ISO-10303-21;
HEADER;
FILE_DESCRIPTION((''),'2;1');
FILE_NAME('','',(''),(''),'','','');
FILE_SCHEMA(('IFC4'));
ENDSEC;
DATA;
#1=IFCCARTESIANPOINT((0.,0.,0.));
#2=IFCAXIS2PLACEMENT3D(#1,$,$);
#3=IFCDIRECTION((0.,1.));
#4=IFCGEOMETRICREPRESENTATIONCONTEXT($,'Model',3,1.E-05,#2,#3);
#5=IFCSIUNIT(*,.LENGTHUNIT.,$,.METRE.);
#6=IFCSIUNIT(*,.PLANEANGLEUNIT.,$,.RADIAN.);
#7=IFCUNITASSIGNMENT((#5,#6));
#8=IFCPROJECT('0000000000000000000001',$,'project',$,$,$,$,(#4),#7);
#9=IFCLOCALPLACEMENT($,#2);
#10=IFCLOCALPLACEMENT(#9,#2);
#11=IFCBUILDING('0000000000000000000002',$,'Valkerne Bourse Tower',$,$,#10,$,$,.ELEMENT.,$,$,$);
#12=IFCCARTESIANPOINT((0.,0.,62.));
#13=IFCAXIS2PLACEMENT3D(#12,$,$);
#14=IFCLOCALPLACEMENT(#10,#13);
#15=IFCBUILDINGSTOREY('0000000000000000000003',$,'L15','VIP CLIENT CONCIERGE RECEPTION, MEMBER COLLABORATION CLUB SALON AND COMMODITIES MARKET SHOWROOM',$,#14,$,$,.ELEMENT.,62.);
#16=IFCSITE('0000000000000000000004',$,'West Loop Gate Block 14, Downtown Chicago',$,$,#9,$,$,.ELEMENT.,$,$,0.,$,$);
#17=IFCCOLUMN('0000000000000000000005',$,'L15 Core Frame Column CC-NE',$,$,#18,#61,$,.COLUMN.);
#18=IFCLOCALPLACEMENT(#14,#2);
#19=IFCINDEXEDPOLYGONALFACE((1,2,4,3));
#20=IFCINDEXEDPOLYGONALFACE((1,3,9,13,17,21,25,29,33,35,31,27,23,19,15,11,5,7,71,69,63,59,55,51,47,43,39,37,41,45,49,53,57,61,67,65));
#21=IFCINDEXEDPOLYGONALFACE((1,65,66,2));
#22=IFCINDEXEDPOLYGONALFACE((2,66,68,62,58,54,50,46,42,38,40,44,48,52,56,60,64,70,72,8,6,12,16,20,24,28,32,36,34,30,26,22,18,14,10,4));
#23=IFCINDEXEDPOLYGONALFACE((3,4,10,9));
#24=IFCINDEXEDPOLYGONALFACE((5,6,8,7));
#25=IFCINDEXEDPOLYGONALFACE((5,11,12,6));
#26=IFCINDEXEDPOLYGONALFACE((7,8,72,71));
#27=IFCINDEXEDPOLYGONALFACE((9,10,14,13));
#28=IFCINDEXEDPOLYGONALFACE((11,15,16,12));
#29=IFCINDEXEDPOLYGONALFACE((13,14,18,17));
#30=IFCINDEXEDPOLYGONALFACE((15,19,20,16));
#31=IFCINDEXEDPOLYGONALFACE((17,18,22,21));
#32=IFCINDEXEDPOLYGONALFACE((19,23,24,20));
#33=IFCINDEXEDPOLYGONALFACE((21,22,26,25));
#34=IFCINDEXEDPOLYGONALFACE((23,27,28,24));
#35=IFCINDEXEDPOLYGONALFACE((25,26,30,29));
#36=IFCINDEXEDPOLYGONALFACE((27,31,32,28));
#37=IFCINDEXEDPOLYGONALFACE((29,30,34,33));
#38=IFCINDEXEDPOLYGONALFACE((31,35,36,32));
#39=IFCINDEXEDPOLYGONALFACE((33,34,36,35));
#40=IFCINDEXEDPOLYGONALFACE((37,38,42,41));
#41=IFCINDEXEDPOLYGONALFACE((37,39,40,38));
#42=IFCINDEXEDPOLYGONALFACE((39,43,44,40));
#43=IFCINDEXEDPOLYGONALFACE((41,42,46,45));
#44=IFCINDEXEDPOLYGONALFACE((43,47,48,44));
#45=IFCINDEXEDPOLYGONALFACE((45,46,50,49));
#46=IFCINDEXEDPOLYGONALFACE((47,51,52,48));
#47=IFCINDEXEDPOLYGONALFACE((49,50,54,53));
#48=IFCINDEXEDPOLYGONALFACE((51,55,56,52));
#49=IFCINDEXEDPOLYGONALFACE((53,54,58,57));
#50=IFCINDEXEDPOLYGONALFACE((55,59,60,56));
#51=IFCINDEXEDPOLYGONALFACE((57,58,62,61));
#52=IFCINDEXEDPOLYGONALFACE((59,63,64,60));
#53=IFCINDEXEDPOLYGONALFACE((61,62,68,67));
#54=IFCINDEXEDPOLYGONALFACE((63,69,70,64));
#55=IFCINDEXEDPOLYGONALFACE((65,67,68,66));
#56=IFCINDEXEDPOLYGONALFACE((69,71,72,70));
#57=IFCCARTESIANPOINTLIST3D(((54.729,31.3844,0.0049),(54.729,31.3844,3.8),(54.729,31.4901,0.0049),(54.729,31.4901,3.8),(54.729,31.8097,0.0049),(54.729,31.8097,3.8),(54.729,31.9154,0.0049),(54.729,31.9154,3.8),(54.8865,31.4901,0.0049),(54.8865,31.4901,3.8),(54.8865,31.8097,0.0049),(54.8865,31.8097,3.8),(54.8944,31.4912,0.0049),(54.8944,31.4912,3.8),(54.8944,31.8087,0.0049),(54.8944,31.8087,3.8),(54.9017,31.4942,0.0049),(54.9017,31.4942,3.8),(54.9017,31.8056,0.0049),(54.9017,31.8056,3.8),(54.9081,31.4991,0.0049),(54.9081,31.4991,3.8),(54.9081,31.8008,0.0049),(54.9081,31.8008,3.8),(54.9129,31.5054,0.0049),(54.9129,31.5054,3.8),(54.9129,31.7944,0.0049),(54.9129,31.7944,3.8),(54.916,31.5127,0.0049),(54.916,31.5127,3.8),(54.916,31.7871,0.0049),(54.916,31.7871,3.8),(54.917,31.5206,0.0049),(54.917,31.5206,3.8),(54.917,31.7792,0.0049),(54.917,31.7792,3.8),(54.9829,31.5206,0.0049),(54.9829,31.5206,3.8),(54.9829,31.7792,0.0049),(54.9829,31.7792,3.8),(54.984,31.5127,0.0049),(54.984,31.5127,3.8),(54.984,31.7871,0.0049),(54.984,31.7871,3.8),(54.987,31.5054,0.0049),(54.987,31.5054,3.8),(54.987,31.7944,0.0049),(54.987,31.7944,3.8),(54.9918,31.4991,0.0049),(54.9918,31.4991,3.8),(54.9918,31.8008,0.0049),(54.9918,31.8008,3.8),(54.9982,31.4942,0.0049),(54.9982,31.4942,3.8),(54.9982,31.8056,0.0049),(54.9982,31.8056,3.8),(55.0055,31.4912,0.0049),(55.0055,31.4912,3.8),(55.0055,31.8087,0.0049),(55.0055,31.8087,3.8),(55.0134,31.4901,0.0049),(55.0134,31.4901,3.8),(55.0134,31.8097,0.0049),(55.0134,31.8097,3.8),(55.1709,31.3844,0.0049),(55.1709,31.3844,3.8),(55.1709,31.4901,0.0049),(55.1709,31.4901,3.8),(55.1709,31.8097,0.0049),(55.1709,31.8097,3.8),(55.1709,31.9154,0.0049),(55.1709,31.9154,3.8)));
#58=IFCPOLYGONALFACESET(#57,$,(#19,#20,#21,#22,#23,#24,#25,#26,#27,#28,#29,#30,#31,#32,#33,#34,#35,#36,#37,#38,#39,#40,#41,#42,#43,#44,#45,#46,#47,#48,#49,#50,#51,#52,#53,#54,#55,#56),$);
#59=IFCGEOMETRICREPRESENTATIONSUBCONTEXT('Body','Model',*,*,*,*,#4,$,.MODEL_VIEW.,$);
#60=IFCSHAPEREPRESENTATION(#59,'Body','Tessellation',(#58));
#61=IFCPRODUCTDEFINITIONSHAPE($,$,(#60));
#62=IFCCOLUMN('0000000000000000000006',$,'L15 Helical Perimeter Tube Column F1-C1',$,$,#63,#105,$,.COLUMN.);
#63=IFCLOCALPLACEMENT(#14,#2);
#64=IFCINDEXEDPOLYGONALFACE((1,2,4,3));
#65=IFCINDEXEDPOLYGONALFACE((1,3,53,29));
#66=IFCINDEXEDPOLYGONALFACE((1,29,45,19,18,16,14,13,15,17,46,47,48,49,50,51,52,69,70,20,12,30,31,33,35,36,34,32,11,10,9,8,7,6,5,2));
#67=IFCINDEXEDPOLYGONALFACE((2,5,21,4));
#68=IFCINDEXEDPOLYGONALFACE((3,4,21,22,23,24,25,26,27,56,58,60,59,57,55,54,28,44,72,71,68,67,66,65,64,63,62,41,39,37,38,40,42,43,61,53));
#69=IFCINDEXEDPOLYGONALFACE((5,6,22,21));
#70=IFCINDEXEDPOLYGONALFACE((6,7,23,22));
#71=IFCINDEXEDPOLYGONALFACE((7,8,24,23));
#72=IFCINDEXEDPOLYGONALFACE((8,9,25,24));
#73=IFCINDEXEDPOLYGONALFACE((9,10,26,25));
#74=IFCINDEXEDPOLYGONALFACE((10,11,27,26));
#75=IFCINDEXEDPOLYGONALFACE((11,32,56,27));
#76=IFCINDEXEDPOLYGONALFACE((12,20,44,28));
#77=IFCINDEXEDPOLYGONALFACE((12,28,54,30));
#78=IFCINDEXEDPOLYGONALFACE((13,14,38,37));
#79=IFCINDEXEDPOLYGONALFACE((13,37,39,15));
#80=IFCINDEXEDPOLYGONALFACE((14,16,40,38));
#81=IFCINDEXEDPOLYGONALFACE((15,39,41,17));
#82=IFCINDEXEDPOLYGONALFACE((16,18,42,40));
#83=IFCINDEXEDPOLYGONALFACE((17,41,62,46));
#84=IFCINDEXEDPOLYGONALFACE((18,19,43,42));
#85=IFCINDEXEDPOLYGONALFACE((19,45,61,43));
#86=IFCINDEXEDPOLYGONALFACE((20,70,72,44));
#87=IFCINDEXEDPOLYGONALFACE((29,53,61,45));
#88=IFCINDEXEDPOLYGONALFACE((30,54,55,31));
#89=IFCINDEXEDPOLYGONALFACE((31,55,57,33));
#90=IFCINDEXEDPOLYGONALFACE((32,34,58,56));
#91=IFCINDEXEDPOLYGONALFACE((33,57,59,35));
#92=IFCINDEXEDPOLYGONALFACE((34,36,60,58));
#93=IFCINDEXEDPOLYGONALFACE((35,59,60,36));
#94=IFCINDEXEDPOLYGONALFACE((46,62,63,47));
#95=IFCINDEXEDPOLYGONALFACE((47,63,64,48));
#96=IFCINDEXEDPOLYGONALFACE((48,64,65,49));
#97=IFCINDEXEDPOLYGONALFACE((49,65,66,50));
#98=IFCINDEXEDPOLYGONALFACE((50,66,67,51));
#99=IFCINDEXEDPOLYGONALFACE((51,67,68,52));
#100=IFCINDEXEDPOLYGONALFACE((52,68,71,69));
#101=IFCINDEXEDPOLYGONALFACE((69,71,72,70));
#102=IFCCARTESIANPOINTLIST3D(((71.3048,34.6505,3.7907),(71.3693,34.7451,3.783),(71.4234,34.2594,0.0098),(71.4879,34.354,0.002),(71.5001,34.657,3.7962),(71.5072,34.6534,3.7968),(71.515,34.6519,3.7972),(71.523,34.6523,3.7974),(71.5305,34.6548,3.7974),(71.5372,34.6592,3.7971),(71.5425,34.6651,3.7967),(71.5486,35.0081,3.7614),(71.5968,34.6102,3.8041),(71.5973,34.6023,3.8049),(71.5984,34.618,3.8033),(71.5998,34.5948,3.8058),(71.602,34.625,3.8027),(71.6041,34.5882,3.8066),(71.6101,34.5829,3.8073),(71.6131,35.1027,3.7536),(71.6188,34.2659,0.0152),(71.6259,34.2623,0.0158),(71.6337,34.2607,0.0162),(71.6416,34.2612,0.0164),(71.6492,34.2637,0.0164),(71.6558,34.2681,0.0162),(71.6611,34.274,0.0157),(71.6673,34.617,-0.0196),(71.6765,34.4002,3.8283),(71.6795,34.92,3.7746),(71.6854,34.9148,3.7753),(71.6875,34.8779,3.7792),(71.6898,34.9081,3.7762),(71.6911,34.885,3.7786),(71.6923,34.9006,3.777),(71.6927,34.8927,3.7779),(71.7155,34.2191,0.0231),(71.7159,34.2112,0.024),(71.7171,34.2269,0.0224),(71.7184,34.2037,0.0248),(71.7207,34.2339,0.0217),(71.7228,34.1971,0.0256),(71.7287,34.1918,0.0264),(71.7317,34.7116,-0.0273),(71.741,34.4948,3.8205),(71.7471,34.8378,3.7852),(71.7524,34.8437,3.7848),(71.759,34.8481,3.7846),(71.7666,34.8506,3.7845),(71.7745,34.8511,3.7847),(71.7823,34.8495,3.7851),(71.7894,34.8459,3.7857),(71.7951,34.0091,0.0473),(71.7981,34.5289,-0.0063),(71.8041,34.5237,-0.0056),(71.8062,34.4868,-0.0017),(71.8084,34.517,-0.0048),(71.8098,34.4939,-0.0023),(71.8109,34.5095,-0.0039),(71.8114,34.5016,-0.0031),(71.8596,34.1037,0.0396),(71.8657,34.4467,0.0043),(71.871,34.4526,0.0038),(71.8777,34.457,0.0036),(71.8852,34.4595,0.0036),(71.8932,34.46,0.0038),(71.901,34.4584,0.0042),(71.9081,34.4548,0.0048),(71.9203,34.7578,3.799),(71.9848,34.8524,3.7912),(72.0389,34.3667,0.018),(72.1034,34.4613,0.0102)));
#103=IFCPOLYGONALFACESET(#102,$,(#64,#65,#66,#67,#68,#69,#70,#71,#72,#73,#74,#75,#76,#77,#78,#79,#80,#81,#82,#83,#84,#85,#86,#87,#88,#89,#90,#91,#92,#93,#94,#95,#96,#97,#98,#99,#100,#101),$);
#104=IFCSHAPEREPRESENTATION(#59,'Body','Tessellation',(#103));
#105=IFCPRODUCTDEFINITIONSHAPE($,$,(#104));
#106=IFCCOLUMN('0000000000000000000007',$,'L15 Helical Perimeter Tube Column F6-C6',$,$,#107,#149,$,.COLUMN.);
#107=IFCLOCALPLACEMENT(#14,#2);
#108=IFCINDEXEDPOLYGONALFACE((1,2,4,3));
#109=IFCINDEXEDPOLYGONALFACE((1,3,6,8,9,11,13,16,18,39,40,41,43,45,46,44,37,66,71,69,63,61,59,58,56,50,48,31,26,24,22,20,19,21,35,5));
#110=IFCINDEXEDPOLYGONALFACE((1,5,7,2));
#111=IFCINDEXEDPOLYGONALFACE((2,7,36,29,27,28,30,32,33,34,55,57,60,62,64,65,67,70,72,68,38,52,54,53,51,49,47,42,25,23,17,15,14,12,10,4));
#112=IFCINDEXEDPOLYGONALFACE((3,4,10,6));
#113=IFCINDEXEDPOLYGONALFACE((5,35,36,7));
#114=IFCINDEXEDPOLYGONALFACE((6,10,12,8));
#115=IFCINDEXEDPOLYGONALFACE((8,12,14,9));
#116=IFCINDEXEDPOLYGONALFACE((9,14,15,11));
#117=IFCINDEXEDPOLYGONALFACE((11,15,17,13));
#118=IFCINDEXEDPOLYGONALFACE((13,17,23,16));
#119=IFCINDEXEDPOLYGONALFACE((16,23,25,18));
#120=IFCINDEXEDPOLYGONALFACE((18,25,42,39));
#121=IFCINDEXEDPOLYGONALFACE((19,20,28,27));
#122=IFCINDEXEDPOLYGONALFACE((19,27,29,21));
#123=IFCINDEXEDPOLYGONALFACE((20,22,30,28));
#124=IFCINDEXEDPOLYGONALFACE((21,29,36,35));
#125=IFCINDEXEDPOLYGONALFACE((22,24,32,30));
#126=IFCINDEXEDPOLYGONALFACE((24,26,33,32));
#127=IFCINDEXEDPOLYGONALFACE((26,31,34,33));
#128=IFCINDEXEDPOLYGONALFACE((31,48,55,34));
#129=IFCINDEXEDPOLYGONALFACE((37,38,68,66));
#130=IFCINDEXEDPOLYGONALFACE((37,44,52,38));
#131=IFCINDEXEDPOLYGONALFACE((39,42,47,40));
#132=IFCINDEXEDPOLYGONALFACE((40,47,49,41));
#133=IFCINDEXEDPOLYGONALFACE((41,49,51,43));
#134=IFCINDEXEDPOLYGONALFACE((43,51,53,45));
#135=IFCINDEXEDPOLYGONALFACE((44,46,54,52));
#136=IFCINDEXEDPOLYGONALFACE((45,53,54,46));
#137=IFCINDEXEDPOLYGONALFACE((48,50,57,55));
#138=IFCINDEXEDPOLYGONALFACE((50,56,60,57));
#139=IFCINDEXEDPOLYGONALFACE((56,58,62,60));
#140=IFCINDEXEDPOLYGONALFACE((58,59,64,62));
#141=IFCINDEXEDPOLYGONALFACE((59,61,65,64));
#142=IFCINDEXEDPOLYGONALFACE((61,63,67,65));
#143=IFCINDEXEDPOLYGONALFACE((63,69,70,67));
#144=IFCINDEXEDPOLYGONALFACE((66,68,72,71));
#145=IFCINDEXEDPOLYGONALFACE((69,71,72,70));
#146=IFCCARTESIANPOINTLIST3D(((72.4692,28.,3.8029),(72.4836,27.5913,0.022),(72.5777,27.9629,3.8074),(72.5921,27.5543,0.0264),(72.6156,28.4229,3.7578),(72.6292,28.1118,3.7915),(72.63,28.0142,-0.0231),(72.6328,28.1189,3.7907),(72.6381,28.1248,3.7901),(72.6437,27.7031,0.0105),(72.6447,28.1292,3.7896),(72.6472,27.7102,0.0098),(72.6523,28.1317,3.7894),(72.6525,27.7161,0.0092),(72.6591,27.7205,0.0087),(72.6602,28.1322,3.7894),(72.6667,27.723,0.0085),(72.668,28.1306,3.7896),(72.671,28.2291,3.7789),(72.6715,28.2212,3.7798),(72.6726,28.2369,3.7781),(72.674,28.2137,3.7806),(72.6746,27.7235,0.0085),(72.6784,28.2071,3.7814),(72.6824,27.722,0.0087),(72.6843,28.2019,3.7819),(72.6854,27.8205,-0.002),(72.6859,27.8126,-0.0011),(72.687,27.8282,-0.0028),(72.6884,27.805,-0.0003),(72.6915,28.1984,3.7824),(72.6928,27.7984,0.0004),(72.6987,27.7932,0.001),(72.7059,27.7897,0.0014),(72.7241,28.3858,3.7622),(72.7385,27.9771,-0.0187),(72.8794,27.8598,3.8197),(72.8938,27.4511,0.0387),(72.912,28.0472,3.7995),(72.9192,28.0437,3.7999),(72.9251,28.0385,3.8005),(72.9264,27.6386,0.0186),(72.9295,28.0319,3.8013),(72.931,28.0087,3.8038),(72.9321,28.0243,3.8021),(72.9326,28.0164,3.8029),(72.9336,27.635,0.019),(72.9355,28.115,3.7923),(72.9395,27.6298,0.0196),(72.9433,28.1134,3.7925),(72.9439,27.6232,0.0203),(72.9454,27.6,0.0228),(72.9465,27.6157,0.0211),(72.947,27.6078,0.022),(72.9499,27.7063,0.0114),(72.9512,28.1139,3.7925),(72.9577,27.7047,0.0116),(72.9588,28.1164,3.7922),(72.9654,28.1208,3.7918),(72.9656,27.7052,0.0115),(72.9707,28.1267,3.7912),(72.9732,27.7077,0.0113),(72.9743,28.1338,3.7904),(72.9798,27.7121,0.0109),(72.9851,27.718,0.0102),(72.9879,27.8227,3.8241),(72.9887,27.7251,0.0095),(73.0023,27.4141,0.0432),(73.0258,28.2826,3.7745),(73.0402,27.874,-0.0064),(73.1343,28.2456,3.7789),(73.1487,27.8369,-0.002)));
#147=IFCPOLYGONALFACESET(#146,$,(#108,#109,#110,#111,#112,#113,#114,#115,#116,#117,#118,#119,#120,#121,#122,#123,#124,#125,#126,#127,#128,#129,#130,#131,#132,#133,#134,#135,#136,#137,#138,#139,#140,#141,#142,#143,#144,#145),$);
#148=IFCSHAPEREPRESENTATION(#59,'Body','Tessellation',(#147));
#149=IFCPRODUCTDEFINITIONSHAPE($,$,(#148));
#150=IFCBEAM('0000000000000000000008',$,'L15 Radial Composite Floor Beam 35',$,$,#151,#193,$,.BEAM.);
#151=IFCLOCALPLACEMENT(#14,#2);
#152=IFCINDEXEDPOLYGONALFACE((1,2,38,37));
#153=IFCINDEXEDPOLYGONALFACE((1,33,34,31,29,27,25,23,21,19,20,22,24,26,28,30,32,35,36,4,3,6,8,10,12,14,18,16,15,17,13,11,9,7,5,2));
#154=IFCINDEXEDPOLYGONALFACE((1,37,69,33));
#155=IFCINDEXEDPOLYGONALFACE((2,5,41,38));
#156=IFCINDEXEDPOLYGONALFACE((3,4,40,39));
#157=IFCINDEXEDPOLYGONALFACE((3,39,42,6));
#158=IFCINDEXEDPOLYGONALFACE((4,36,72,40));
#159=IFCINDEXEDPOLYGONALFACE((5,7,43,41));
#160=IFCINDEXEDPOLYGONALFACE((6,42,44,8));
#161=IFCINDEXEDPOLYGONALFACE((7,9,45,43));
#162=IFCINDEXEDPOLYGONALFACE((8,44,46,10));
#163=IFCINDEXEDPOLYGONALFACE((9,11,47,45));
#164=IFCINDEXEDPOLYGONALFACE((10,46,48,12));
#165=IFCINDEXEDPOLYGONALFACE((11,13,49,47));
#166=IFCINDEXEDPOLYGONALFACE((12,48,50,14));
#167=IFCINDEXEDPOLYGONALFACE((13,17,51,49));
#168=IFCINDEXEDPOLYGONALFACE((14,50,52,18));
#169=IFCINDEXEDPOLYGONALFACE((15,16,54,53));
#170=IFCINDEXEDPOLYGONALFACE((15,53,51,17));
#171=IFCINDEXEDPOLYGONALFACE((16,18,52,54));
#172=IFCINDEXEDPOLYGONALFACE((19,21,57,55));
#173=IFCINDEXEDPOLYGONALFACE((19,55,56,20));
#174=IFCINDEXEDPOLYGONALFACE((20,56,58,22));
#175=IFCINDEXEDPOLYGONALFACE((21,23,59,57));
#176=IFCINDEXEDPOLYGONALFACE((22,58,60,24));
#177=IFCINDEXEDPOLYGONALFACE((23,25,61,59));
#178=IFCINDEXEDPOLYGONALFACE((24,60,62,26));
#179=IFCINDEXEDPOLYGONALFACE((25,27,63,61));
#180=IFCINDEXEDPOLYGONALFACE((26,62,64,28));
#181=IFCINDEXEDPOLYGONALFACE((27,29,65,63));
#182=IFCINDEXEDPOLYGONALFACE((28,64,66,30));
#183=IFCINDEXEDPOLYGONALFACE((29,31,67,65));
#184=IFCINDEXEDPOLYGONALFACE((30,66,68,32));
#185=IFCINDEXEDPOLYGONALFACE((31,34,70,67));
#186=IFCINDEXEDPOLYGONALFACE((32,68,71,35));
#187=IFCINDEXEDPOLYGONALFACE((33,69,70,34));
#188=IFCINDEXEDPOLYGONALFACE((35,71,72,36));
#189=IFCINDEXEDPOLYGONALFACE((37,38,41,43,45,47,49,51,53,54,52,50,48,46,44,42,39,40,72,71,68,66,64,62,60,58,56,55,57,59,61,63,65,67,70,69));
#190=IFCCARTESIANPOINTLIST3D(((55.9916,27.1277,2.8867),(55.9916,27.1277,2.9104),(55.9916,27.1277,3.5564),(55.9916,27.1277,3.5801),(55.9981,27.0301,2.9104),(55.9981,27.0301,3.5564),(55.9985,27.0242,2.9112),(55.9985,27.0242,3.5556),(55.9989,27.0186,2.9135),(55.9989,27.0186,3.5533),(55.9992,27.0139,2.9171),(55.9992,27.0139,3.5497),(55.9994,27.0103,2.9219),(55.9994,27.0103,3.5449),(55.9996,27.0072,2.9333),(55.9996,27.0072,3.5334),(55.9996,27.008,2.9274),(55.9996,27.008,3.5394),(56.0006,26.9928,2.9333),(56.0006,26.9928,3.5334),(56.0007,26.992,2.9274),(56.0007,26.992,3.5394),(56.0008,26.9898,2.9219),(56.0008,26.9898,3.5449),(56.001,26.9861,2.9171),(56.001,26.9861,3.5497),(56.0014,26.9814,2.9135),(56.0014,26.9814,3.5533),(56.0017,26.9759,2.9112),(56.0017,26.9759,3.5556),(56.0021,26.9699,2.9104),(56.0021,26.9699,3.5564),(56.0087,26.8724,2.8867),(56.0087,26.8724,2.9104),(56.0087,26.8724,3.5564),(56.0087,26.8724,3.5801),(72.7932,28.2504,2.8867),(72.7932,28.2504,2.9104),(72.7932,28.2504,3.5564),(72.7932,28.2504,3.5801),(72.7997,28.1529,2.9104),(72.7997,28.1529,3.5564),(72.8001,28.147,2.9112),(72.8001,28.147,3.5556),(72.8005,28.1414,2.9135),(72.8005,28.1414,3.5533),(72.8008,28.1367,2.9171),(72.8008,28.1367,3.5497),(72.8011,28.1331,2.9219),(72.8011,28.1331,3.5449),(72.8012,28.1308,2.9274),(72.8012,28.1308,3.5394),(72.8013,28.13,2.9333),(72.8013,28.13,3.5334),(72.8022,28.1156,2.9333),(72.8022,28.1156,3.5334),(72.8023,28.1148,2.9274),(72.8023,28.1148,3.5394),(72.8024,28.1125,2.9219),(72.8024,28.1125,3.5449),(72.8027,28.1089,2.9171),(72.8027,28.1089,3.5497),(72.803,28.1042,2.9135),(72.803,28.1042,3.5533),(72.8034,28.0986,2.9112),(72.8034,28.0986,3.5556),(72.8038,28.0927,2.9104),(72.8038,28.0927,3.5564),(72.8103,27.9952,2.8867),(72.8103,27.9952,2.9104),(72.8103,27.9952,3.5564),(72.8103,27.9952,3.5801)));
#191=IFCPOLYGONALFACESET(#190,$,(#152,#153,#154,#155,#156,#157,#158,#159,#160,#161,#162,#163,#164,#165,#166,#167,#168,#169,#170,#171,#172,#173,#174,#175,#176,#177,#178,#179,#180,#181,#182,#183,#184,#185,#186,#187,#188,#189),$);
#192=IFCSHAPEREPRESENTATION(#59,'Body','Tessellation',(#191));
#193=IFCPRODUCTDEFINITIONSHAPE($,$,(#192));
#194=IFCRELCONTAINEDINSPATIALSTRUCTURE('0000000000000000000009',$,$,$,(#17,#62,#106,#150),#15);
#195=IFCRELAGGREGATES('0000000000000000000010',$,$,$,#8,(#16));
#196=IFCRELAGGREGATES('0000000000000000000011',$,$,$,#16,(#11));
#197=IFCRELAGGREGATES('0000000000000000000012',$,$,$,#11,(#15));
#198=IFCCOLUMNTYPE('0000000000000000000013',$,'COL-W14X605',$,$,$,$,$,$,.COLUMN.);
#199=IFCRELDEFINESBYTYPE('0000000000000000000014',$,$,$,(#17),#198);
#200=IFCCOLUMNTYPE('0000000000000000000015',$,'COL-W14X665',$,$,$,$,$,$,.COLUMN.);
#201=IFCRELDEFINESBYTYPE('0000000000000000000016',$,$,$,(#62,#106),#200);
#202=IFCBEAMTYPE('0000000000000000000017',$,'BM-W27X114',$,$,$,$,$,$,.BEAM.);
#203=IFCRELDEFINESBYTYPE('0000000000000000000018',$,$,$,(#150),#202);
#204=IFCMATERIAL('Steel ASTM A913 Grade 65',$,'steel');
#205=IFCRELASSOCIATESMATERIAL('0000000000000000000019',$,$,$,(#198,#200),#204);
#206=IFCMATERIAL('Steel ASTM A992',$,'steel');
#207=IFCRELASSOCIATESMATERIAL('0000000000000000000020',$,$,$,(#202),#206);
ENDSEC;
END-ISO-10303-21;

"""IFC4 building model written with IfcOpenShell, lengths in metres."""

from ifc_helpers import new_model, si_unit, direction, frame, origin, origin_2d, place, context, subcontext, project, spatial, i_section, extrude, material, material_profile, profile_set, type_object, element, save


model = new_model("IFC4")

# Units and contexts
model_context = context("Model", 3, precision=1e-05, world=origin(), true_north=direction((0.0, 1.0)))
body_context = subcontext(model_context, "Body", "Model", "MODEL_VIEW")
ifc_project = project(units=[si_unit("LENGTHUNIT", "METRE"), si_unit("PLANEANGLEUNIT", "RADIAN")], contexts=[model_context])

# Site, building, storey
site_placement = place(None, origin())
site = spatial("IfcSite", under=ifc_project, at=site_placement, Name="West Loop Gate Block 14, Downtown Chicago", CompositionType="ELEMENT", RefElevation=0.0)
building_placement = place(site_placement, origin())
building = spatial("IfcBuilding", under=site, at=building_placement, Name="Valkerne Bourse Tower", CompositionType="ELEMENT")
storey_placement = place(building_placement, frame((0.0, 0.0, 62.0)))
storey = spatial("IfcBuildingStorey", under=building, at=storey_placement, Name="L15", Description="VIP CLIENT CONCIERGE RECEPTION, MEMBER COLLABORATION CLUB SALON AND COMMODITIES MARKET SHOWROOM", CompositionType="ELEMENT", Elevation=62.0)

# Columns
ifc_material_1 = material(Name="Steel ASTM A913 Grade 65", Category="steel")
ifc_material_profile_1 = material_profile(ifc_material_1, i_section(OverallWidth=0.4419, OverallDepth=0.531, WebThickness=0.0659, FlangeThickness=0.1057, FilletRadius=0.0305, at=origin_2d()), Name="W14X605")
ifc_profile_set_1 = profile_set([ifc_material_profile_1], Name="Steel ASTM A913 Grade 65")
column_type_1 = type_object("IfcColumnType", Name="COL-W14X605", PredefinedType="COLUMN", material=ifc_profile_set_1)
column_placement = place(storey_placement, frame((54.95, 31.6499, 0.0049), z_axis=(0.0, 0.0, 1.0), x_axis=(1.0, 0.0, 0.0)))
element("IfcColumn", 1, at=column_placement, inside=storey, type_object=column_type_1, Name="L15 Core Frame Column CC-NE", PredefinedType="COLUMN", context=body_context, shape_type="SweptSolid", body=[
    extrude(i_section(OverallWidth=0.4419, OverallDepth=0.531, WebThickness=0.0659, FlangeThickness=0.1057, FilletRadius=0.0305, at=origin_2d()), origin(), (0.0, 0.0, 1.0), 3.7952),
])
ifc_material_profile_2 = material_profile(ifc_material_1, i_section(OverallWidth=0.4497, OverallDepth=0.5486, WebThickness=0.072, FlangeThickness=0.1147, FilletRadius=0.0305, at=origin_2d()), Name="W14X665")
ifc_profile_set_2 = profile_set([ifc_material_profile_2], Name="Steel ASTM A913 Grade 65")
column_type_2 = type_object("IfcColumnType", Name="COL-W14X665", PredefinedType="COLUMN", material=ifc_profile_set_2)
for number, where, z_axis, x_axis, name in (
    (2, (71.7634, 34.3604, 0.01), (-0.031199, 0.102842, 0.994208), (0.826521, -0.556675, 0.083521), "L15 Helical Perimeter Tube Column F1-C1"),
    (3, (72.8162, 27.7141, 0.01), (-0.003788, 0.107464, 0.994202), (-0.325453, -0.940214, 0.100389), "L15 Helical Perimeter Tube Column F6-C6"),
):
    element("IfcColumn", number, at=place(storey_placement, frame(where, z_axis=z_axis, x_axis=x_axis)), inside=storey, type_object=column_type_2, Name=name, PredefinedType="COLUMN", context=body_context, shape_type="SweptSolid", body=[
        extrude(i_section(OverallWidth=0.4497, OverallDepth=0.5486, WebThickness=0.072, FlangeThickness=0.1147, FilletRadius=0.0305, at=origin_2d()), origin(), (0.0, 0.0, 1.0), 3.803),
    ])

# Beam
ifc_material_2 = material(Name="Steel ASTM A992", Category="steel")
ifc_material_profile_3 = material_profile(ifc_material_2, i_section(OverallWidth=0.2559, OverallDepth=0.6934, WebThickness=0.0144, FlangeThickness=0.0237, FilletRadius=0.0229, at=origin_2d()), Name="W27X114")
ifc_profile_set_3 = profile_set([ifc_material_profile_3], Name="Steel ASTM A992")
beam_type_1 = type_object("IfcBeamType", Name="BM-W27X114", PredefinedType="BEAM", material=ifc_profile_set_3)
beam_1_placement = place(storey_placement, frame((72.8018, 28.1228, 3.2334), z_axis=(-0.997775, -0.066678, 0.0), x_axis=(0.066678, -0.997775, 0.0)))
element("IfcBeam", 4, at=beam_1_placement, inside=storey, type_object=beam_type_1, Name="L15 Radial Composite Floor Beam 35", PredefinedType="BEAM", context=body_context, shape_type="SweptSolid", body=[
    extrude(i_section(OverallWidth=0.2559, OverallDepth=0.6934, WebThickness=0.0144, FlangeThickness=0.0237, FilletRadius=0.0229, at=origin_2d()), origin(), (0.0, 0.0, 1.0), 16.8391),
])

save(model, "model.ifc")
